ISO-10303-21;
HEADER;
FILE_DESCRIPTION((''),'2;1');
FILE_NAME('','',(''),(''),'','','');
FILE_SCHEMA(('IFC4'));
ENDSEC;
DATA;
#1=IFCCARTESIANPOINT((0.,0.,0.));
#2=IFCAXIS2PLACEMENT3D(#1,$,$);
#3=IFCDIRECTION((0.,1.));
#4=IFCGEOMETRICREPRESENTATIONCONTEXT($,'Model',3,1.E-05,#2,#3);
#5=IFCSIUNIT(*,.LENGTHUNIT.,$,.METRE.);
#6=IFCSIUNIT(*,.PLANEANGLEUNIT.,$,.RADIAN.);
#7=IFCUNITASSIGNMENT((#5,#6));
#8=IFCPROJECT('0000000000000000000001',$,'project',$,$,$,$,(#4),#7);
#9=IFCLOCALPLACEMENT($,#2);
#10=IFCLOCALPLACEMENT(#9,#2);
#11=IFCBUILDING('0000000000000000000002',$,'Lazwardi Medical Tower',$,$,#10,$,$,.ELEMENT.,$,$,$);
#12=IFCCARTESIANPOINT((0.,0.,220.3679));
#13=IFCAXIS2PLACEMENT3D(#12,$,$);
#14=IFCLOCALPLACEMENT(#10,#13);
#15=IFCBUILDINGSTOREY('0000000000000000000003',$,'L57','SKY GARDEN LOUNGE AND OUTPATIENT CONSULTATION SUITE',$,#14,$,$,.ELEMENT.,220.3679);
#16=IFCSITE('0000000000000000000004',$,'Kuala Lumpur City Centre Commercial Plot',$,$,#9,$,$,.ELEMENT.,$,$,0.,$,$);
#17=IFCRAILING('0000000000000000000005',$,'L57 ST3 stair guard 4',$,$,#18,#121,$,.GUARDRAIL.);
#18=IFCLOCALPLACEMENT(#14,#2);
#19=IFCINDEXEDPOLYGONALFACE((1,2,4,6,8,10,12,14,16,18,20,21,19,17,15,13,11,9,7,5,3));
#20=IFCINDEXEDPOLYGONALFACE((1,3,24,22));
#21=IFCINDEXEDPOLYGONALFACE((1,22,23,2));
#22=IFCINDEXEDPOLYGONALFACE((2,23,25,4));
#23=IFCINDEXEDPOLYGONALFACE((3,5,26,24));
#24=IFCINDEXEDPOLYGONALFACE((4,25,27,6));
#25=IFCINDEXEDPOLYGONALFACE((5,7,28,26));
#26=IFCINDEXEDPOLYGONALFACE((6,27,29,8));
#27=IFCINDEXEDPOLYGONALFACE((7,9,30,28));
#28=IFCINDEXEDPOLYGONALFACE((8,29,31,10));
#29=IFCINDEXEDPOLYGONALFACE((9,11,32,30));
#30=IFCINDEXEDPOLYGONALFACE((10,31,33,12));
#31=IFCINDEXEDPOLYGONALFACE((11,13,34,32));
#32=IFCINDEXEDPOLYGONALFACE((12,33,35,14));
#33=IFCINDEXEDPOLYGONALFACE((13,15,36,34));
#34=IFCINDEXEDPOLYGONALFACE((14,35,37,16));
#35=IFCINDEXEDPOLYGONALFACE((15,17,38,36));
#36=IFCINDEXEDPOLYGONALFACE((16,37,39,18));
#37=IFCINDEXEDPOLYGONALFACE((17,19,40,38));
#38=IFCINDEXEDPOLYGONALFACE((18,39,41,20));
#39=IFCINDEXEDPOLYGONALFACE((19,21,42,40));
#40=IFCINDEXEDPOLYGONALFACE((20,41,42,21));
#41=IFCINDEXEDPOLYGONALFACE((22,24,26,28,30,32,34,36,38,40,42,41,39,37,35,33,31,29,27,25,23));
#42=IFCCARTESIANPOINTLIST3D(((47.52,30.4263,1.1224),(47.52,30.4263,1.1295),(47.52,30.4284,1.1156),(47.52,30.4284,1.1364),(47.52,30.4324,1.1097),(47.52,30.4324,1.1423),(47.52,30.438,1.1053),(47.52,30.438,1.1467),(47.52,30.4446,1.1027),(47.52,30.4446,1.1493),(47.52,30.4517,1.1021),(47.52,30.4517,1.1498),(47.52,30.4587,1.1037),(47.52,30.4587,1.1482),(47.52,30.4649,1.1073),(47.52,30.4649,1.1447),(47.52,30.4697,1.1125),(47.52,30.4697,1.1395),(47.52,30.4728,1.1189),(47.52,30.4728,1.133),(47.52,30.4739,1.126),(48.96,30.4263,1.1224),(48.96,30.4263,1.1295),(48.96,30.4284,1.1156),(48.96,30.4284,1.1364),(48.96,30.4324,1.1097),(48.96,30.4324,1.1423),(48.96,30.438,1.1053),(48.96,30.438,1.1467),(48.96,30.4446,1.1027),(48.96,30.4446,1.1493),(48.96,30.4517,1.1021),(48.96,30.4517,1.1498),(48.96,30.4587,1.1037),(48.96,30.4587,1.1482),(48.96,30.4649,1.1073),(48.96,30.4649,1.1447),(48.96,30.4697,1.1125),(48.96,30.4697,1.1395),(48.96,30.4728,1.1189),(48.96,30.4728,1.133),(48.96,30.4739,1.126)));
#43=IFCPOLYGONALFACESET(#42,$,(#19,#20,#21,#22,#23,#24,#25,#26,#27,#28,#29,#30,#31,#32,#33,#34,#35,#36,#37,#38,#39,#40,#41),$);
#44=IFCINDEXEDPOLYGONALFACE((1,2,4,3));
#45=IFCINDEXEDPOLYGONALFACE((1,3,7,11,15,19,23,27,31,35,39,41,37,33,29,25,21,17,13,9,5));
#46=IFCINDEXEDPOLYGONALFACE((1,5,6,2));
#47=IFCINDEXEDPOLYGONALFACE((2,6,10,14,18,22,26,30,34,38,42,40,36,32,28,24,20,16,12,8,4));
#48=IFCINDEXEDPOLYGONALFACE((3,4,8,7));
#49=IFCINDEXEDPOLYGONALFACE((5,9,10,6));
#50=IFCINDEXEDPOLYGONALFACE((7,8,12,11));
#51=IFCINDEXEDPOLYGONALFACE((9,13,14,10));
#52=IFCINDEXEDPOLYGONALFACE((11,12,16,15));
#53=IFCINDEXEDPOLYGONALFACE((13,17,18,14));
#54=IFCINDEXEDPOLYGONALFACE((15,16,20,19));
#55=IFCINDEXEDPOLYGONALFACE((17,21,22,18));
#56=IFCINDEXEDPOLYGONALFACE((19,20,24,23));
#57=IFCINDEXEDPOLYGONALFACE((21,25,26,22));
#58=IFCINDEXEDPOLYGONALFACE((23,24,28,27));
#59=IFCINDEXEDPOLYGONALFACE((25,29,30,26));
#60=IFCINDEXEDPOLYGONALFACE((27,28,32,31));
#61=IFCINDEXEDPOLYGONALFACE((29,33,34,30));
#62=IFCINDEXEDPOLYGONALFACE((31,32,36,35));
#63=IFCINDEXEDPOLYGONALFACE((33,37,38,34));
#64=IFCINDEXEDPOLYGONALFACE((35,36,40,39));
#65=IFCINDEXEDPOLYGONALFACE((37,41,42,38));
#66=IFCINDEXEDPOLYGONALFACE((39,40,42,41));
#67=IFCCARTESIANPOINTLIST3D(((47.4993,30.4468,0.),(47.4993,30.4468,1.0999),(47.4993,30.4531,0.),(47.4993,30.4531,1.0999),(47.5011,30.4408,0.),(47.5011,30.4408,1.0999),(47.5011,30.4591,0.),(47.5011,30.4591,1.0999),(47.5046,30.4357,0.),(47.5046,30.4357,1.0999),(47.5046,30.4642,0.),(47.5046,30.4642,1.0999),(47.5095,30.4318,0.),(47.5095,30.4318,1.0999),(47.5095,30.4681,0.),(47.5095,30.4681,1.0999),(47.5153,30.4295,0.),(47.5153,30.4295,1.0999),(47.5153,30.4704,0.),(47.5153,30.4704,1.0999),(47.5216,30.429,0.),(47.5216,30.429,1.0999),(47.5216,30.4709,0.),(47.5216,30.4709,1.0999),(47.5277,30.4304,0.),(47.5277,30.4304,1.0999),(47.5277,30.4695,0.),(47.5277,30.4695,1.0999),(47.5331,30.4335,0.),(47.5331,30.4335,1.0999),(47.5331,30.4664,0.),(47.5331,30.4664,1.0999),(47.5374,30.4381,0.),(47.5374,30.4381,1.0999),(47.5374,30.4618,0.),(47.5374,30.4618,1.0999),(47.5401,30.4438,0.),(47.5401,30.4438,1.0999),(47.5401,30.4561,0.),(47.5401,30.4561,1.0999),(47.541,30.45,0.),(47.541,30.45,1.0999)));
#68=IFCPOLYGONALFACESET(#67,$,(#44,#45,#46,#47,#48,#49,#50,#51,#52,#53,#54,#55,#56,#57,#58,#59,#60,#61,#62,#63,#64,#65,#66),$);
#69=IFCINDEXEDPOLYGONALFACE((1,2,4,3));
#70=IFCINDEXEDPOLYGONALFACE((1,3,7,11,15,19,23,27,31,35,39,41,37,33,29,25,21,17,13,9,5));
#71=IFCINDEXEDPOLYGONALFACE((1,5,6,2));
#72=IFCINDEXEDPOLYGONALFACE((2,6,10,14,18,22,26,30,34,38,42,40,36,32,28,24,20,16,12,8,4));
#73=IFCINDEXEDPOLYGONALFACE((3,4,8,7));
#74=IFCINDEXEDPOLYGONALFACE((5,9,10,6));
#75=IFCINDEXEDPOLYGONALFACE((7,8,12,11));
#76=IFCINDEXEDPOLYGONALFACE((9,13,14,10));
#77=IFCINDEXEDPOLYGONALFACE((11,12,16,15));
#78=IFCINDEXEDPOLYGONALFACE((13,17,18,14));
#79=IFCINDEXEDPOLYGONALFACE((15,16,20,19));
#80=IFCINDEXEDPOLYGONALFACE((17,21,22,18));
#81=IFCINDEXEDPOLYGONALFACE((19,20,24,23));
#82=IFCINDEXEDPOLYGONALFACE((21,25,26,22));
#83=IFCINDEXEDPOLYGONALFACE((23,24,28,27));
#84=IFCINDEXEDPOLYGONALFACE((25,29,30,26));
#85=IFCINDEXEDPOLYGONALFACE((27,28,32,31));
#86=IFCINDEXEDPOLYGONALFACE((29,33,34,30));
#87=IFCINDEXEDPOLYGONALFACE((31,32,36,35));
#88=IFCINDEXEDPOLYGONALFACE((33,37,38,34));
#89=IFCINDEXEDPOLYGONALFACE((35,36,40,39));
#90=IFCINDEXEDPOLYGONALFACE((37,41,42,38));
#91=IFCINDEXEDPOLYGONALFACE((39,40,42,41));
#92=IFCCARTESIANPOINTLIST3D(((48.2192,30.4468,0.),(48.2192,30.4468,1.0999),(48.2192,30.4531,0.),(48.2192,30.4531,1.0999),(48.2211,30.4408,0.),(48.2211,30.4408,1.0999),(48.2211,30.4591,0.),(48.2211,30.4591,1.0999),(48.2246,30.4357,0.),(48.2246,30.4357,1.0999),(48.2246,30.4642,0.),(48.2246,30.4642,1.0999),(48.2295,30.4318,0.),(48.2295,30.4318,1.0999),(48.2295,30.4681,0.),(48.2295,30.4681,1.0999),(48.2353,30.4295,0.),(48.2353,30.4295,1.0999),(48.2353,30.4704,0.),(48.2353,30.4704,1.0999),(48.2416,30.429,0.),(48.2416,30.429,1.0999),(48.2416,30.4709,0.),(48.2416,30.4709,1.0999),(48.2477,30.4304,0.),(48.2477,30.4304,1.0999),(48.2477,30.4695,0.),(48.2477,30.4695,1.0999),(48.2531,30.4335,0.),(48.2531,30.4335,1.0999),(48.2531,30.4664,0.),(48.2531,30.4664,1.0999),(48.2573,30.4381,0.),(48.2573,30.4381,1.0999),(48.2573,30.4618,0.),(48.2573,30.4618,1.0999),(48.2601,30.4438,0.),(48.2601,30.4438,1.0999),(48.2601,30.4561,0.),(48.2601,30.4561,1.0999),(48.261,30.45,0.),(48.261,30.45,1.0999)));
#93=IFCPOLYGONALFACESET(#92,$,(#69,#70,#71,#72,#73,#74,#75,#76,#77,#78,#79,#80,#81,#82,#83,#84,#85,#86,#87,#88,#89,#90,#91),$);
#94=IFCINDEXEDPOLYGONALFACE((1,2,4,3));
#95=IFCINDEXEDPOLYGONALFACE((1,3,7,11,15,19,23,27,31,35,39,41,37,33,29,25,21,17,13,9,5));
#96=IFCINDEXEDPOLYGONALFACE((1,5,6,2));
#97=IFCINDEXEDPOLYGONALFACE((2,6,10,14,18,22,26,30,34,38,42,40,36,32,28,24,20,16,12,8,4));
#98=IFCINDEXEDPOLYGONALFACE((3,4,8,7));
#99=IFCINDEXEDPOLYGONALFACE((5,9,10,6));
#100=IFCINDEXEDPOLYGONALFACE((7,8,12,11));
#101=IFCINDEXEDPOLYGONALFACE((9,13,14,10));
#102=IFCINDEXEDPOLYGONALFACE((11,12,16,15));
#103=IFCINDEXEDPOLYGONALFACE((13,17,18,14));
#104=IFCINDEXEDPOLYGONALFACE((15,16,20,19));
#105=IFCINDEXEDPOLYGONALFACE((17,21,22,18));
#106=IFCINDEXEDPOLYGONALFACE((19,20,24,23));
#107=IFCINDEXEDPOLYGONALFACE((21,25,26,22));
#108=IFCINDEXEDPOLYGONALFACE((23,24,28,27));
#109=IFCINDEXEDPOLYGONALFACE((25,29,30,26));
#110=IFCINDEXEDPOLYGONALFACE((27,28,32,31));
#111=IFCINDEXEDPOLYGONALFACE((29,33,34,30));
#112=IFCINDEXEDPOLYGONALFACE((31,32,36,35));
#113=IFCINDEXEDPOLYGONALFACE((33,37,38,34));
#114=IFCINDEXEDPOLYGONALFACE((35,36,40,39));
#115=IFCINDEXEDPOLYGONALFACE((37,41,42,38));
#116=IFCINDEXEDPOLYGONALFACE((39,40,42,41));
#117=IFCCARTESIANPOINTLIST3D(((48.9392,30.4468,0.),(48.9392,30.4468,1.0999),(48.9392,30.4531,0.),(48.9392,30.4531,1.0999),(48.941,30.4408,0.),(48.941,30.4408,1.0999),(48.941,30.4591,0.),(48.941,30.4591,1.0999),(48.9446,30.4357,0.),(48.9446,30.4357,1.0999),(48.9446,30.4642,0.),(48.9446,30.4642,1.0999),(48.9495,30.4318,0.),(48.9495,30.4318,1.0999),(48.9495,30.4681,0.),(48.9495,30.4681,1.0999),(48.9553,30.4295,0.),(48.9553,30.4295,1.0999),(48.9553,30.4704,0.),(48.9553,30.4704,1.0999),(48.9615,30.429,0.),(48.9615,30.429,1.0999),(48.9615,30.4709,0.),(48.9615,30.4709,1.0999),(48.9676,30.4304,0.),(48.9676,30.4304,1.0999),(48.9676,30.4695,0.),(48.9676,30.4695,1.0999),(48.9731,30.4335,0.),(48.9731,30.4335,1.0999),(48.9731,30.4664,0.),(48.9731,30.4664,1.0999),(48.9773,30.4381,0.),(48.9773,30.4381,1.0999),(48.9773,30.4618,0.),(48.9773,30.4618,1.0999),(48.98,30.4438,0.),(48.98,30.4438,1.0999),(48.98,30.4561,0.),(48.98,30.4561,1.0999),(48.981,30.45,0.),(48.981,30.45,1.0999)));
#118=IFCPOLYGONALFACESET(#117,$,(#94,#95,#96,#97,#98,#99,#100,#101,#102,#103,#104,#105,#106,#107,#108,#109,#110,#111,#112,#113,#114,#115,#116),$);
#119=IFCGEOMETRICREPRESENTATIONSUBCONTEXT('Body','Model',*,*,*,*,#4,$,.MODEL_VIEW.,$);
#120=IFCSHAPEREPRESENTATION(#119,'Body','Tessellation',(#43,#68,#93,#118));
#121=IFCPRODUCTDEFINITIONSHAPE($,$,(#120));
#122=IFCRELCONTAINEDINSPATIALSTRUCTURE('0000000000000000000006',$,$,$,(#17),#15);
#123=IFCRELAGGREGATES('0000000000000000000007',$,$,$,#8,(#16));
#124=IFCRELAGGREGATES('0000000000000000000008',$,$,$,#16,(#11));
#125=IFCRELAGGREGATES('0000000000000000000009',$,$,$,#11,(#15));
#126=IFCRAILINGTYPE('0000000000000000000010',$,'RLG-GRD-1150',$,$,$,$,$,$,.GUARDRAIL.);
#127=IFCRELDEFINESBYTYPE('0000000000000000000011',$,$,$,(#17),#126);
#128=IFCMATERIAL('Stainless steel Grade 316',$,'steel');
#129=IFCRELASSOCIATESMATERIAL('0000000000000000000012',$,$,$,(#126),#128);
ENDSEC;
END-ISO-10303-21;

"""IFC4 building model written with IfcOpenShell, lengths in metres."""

from ifc_helpers import new_model, si_unit, direction, frame, origin, origin_2d, place, context, subcontext, project, spatial, circle, extrude, material, type_object, element, save


model = new_model("IFC4")

# Units and contexts
model_context = context("Model", 3, precision=1e-05, world=origin(), true_north=direction((0.0, 1.0)))
body_context = subcontext(model_context, "Body", "Model", "MODEL_VIEW")
ifc_project = project(units=[si_unit("LENGTHUNIT", "METRE"), si_unit("PLANEANGLEUNIT", "RADIAN")], contexts=[model_context])

# Site, building, storey
site_placement = place(None, origin())
site = spatial("IfcSite", under=ifc_project, at=site_placement, Name="Kuala Lumpur City Centre Commercial Plot", CompositionType="ELEMENT", RefElevation=0.0)
building_placement = place(site_placement, origin())
building = spatial("IfcBuilding", under=site, at=building_placement, Name="Lazwardi Medical Tower", CompositionType="ELEMENT")
storey_placement = place(building_placement, frame((0.0, 0.0, 220.3679)))
storey = spatial("IfcBuildingStorey", under=building, at=storey_placement, Name="L57", Description="SKY GARDEN LOUNGE AND OUTPATIENT CONSULTATION SUITE", CompositionType="ELEMENT", Elevation=220.3679)

# Railing
ifc_material_1 = material(Name="Stainless steel Grade 316", Category="steel")
railing_type = type_object("IfcRailingType", Name="RLG-GRD-1150", PredefinedType="GUARDRAIL", material=ifc_material_1)
railing_placement = place(storey_placement, frame((47.52, 30.45, 0.0)))
element("IfcRailing", 1, at=railing_placement, inside=storey, type_object=railing_type, Name="L57 ST3 stair guard 4", PredefinedType="GUARDRAIL", context=body_context, shape_type="SweptSolid", body=[
    extrude(circle(Radius=0.0239, at=origin_2d()), frame((0.0, 0.0, 1.126), z_axis=(1.0, 0.0, 0.0), x_axis=(0.0, 1.0, 0.0)), (0.0, 0.0, 1.0), 1.4399),
    extrude(circle(Radius=0.021, at=origin_2d()), origin(), (0.0, 0.0, 1.0), 1.0999),
    extrude(circle(Radius=0.021, at=origin_2d()), frame((0.72, 0.0, 0.0)), (0.0, 0.0, 1.0), 1.0999),
    extrude(circle(Radius=0.021, at=origin_2d()), frame((1.4399, 0.0, 0.0)), (0.0, 0.0, 1.0), 1.0999),
])

save(model, "model.ifc")
